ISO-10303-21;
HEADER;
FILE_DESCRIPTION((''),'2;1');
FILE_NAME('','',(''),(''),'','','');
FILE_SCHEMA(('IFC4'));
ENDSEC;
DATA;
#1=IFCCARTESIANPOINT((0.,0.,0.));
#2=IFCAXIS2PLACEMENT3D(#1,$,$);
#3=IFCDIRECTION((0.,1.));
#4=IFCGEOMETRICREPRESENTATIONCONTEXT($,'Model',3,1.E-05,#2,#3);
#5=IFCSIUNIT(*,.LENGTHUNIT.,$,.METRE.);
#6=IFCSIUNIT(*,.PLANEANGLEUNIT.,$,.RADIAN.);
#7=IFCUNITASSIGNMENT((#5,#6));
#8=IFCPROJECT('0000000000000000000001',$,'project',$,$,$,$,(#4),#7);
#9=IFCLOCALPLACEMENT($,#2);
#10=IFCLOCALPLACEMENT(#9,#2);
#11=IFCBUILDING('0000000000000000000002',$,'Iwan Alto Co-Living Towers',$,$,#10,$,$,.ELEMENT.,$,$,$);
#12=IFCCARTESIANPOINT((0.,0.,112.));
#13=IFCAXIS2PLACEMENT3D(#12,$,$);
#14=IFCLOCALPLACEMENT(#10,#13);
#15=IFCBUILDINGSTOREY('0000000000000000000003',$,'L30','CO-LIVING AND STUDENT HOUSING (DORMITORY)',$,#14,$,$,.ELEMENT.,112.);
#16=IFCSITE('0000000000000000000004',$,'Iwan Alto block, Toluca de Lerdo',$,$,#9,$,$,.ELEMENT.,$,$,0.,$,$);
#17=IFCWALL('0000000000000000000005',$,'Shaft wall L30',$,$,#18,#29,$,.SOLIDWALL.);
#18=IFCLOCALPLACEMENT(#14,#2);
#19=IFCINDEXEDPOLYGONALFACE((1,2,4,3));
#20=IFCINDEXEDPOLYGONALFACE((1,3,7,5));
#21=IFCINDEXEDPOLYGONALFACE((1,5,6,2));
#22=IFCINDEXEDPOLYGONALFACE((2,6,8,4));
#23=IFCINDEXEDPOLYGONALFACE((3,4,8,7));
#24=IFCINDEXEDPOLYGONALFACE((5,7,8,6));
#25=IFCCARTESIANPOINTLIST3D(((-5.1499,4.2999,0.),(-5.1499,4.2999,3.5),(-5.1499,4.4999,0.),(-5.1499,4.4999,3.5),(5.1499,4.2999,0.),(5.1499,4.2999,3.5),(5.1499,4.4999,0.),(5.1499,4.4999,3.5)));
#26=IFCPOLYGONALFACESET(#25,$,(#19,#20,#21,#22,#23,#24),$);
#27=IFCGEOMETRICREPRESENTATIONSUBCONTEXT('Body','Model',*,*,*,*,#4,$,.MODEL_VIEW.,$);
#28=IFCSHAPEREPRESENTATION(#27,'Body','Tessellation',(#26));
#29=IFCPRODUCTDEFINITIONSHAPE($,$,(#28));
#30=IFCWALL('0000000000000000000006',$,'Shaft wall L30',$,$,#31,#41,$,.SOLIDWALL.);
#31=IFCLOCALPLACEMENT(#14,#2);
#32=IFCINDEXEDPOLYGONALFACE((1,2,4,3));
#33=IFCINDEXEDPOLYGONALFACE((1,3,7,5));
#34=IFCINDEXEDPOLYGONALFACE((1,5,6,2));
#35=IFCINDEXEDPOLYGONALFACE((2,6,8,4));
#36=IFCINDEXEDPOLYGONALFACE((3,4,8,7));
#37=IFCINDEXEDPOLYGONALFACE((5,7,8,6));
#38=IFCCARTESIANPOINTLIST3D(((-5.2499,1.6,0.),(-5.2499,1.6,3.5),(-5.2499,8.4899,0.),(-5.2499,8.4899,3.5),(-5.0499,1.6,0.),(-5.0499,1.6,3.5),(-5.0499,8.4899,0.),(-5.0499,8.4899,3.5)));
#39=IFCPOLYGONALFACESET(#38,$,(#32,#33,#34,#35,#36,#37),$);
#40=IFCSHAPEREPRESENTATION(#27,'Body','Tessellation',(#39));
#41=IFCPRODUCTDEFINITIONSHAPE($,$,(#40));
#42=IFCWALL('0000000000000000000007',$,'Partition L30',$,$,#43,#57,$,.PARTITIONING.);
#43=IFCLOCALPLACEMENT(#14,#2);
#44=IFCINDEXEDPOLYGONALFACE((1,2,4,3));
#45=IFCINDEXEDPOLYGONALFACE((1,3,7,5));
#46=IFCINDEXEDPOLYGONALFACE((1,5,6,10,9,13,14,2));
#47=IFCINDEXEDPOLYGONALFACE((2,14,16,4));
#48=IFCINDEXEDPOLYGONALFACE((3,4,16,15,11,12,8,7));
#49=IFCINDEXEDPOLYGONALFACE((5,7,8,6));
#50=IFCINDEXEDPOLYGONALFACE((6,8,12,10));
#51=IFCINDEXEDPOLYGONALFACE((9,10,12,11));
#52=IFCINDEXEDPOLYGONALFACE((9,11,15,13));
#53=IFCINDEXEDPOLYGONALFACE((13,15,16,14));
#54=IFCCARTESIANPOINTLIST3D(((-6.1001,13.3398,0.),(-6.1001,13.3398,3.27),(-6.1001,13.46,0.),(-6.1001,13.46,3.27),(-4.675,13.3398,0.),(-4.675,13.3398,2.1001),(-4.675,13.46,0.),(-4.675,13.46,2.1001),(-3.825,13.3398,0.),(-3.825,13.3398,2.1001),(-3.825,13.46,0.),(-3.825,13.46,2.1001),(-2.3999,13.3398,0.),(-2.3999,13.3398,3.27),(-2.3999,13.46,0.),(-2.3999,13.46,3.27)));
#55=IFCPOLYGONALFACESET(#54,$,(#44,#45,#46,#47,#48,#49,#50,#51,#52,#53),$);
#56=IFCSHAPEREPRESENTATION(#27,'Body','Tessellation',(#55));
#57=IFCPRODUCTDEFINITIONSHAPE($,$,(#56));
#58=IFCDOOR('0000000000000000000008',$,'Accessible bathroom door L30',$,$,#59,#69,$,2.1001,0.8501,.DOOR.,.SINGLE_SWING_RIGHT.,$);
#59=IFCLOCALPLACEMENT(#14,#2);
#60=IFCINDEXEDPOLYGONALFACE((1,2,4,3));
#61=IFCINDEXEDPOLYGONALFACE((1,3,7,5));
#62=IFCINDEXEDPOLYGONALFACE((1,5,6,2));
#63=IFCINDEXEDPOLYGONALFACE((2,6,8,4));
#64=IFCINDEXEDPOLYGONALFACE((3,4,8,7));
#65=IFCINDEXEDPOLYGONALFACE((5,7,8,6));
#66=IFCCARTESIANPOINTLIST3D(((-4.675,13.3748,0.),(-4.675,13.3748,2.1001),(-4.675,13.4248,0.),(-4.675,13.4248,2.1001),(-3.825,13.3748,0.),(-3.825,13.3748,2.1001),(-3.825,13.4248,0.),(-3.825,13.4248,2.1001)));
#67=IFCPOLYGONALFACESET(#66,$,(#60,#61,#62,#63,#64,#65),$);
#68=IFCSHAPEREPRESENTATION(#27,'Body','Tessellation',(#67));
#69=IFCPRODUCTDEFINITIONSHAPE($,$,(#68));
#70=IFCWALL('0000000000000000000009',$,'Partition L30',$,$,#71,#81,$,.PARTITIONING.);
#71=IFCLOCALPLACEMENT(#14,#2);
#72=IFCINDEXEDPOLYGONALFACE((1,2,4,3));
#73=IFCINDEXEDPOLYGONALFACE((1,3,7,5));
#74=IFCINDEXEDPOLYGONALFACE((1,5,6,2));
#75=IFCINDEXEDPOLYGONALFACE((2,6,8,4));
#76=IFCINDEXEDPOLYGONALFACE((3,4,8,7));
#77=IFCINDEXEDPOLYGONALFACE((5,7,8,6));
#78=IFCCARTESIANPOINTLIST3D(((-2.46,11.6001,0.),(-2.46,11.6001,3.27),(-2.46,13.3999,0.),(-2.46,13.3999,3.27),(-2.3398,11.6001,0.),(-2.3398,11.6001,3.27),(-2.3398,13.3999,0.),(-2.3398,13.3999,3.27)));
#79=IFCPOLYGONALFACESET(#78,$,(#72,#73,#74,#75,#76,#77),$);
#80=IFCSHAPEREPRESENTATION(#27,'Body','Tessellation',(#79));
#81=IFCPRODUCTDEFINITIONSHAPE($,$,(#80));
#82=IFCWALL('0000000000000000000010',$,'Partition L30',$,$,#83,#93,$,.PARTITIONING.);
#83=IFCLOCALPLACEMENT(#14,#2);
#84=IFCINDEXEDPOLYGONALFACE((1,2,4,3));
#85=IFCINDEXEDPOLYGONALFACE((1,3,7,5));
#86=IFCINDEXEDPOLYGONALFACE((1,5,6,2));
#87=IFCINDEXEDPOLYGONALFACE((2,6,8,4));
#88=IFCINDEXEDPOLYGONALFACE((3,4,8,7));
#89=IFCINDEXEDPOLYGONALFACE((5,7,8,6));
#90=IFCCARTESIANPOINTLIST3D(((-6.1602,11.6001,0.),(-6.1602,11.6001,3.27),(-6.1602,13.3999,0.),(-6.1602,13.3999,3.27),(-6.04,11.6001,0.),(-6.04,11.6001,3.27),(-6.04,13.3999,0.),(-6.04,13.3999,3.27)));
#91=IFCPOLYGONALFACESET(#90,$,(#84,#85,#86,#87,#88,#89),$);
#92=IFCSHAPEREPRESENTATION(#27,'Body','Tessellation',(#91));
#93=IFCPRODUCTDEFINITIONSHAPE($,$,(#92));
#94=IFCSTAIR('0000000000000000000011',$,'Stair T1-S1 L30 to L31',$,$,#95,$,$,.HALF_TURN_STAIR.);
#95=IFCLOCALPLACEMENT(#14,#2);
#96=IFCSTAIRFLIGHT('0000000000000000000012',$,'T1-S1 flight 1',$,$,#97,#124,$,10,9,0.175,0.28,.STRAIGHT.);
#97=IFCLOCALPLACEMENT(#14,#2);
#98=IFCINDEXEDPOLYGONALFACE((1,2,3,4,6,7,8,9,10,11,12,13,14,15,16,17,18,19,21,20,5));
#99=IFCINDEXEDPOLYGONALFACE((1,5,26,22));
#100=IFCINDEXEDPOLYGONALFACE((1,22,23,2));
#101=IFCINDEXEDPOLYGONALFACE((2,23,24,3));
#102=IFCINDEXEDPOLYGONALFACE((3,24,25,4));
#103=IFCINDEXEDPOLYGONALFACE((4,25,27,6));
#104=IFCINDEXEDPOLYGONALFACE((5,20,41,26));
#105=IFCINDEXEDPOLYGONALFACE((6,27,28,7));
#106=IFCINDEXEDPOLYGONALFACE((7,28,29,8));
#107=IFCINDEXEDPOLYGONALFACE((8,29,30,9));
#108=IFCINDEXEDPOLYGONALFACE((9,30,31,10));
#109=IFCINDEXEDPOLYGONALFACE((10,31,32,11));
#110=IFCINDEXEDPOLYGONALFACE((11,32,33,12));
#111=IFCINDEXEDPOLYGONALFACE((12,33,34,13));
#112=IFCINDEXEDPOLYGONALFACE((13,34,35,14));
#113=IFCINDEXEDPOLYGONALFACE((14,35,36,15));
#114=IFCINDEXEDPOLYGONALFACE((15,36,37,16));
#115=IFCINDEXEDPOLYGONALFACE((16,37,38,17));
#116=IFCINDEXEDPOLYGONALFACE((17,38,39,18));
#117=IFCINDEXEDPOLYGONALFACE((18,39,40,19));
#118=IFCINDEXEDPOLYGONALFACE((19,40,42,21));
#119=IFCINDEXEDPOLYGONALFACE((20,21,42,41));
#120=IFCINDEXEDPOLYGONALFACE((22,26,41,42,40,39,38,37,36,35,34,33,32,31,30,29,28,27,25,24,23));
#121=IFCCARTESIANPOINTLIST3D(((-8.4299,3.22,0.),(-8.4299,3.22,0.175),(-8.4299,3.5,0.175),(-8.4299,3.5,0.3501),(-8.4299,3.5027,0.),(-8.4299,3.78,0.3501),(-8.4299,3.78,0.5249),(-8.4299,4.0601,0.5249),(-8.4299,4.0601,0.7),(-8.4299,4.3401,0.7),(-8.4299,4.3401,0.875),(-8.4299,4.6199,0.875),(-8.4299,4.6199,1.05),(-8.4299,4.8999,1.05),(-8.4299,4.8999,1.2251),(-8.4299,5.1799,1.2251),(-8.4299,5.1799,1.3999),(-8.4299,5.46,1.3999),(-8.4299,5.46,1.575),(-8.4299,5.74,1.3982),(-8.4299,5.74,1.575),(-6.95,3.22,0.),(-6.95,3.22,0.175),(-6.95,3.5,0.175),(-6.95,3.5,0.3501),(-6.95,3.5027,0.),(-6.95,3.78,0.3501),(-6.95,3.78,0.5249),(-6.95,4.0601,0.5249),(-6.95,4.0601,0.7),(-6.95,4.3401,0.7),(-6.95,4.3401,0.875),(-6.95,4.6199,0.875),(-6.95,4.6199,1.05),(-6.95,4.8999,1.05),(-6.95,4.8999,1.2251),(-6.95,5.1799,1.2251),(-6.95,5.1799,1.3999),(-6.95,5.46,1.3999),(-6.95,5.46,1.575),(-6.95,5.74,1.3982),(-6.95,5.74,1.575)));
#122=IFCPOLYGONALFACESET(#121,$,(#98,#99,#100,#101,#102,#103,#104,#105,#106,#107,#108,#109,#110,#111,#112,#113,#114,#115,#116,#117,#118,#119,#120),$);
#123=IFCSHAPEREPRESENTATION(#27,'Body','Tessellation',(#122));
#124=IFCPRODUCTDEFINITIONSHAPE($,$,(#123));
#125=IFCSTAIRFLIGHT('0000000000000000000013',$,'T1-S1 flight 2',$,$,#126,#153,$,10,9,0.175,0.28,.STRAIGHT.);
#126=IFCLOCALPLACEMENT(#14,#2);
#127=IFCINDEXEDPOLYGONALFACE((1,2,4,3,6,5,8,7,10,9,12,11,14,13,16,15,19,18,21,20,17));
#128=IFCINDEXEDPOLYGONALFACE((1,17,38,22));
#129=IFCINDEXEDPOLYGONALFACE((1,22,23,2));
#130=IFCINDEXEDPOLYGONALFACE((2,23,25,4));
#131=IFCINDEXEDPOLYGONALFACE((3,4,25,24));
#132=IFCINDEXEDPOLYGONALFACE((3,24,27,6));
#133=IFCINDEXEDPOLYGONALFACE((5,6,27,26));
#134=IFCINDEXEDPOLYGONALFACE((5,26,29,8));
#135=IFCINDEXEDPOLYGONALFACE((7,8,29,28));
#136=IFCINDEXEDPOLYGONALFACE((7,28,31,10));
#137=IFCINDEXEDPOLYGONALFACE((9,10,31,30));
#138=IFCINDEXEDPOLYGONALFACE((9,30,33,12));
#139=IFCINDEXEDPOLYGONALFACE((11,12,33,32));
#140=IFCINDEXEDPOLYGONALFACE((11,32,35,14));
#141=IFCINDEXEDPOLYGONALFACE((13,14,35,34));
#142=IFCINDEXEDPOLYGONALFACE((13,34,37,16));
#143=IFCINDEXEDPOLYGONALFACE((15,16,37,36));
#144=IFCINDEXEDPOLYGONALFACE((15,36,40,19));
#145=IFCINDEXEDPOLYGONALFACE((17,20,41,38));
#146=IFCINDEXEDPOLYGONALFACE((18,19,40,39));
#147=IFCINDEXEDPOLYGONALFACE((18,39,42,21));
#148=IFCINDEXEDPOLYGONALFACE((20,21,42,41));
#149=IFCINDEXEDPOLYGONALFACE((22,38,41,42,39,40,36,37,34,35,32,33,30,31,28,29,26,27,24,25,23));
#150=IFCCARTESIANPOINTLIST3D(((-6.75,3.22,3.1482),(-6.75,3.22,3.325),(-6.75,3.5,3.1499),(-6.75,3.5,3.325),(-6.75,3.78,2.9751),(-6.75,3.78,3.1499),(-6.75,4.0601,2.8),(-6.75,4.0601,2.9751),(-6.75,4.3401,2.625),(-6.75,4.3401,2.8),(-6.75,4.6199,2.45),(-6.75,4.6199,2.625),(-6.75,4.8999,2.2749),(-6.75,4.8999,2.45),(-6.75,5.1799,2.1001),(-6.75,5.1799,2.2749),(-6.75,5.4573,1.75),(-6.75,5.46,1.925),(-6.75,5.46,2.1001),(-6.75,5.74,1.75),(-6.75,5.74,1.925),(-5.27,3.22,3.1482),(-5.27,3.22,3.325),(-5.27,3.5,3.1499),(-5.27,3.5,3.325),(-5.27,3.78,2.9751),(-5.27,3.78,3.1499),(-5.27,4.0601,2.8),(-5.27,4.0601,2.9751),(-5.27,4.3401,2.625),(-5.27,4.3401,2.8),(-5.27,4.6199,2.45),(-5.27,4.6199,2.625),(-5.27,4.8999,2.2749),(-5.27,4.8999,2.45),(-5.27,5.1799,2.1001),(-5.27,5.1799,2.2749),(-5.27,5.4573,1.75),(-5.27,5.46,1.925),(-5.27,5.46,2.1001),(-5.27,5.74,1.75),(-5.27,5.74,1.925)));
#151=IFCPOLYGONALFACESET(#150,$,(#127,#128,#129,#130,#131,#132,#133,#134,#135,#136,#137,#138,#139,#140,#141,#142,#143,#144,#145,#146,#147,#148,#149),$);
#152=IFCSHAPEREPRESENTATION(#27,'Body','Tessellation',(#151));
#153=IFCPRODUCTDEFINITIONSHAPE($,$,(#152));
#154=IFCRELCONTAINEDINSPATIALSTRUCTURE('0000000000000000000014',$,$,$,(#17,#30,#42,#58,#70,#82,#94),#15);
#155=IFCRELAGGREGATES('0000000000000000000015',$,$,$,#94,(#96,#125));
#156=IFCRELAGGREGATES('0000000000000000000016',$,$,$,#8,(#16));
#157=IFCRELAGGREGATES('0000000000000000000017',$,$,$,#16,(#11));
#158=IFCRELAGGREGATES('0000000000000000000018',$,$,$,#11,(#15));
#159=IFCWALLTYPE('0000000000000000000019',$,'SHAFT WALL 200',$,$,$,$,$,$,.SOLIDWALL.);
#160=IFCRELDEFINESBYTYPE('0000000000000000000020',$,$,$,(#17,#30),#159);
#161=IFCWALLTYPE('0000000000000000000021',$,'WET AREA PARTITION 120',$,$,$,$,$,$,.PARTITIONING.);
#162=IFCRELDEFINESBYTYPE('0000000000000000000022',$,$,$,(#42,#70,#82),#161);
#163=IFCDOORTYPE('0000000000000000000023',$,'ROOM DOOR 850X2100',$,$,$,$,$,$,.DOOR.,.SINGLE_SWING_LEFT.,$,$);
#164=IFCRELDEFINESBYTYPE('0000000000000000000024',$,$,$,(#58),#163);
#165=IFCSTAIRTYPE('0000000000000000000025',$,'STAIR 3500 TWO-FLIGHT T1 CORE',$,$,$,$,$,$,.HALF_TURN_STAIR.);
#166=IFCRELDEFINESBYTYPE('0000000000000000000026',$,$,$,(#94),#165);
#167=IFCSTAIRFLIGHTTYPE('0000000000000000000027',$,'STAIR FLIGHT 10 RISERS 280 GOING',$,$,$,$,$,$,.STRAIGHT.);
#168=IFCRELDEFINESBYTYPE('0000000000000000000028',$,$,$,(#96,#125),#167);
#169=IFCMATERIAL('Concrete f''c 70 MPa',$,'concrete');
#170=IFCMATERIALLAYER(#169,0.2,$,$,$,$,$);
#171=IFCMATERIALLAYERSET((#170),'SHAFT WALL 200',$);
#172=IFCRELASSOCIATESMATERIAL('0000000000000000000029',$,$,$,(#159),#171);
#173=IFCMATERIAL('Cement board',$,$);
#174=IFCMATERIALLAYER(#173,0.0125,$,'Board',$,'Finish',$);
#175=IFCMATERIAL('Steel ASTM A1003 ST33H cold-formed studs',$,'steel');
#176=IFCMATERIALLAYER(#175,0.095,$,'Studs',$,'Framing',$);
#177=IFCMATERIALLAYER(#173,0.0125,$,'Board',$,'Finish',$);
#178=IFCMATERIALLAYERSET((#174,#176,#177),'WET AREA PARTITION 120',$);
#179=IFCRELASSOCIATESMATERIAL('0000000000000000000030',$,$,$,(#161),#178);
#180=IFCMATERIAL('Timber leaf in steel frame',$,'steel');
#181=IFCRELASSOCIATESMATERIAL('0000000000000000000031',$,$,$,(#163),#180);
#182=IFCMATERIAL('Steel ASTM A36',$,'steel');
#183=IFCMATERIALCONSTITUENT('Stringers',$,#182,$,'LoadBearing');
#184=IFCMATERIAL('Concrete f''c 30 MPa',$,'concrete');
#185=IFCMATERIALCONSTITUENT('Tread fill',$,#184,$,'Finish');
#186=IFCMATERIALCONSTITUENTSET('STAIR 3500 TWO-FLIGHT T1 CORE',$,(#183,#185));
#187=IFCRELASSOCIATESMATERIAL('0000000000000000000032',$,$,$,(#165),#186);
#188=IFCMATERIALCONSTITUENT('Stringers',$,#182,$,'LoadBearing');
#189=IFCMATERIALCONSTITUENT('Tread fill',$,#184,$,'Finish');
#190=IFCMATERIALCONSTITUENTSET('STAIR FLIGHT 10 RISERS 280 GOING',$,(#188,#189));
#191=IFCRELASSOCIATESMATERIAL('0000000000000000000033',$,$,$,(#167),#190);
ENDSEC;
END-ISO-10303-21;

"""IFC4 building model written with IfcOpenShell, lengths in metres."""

from ifc_helpers import new_model, si_unit, direction, frame, frame_2d, origin, place, context, subcontext, project, spatial, polyline, rectangle, outline, extrude, material, layer, layer_set, constituent, constituent_set, type_object, element, fill, aggregate, save


model = new_model("IFC4")

# Units and contexts
model_context = context("Model", 3, precision=1e-05, world=origin(), true_north=direction((0.0, 1.0)))
body_context = subcontext(model_context, "Body", "Model", "MODEL_VIEW")
ifc_project = project(units=[si_unit("LENGTHUNIT", "METRE"), si_unit("PLANEANGLEUNIT", "RADIAN")], contexts=[model_context])

# Site, building, storey
site_placement = place(None, origin())
site = spatial("IfcSite", under=ifc_project, at=site_placement, Name="Iwan Alto block, Toluca de Lerdo", CompositionType="ELEMENT", RefElevation=0.0)
building_placement = place(site_placement, origin())
building = spatial("IfcBuilding", under=site, at=building_placement, Name="Iwan Alto Co-Living Towers", CompositionType="ELEMENT")
storey_placement = place(building_placement, frame((0.0, 0.0, 112.0)))
storey = spatial("IfcBuildingStorey", under=building, at=storey_placement, Name="L30", Description="CO-LIVING AND STUDENT HOUSING (DORMITORY)", CompositionType="ELEMENT", Elevation=112.0)

# Walls
ifc_material_1 = material(Name="Concrete f'c 70 MPa", Category="concrete")
ifc_layer_1 = layer(ifc_material_1, 0.2)
ifc_layer_set_1 = layer_set([ifc_layer_1], Name="SHAFT WALL 200")
wall_type_1 = type_object("IfcWallType", Name="SHAFT WALL 200", PredefinedType="SOLIDWALL", material=ifc_layer_set_1)
wall_1_placement = place(storey_placement, frame((-5.1499, 4.3999, 0.0), z_axis=(0.0, 0.0, 1.0), x_axis=(1.0, 0.0, 0.0)))
element("IfcWall", 1, at=wall_1_placement, inside=storey, type_object=wall_type_1, Name="Shaft wall L30", PredefinedType="SOLIDWALL", context=body_context, shape_type="SweptSolid", body=[
    extrude(rectangle(XDim=10.2998, YDim=0.2, at=frame_2d((5.1499, 0.0))), origin(), (0.0, 0.0, 1.0), 3.5),
])
wall_2_placement = place(storey_placement, frame((-5.1499, 1.6001, 0.0), z_axis=(0.0, 0.0, 1.0), x_axis=(0.0, 1.0, 0.0)))
element("IfcWall", 2, at=wall_2_placement, inside=storey, type_object=wall_type_1, Name="Shaft wall L30", PredefinedType="SOLIDWALL", context=body_context, shape_type="SweptSolid", body=[
    extrude(rectangle(XDim=6.8899, YDim=0.2, at=frame_2d((3.4448, 0.0))), origin(), (0.0, 0.0, 1.0), 3.5),
])

# Wall, opening, door
ifc_material_2 = material(Name="Cement board")
ifc_layer_2 = layer(ifc_material_2, 0.0125, Name="Board", Category="Finish")
ifc_material_3 = material(Name="Steel ASTM A1003 ST33H cold-formed studs", Category="steel")
ifc_layer_3 = layer(ifc_material_3, 0.095, Name="Studs", Category="Framing")
ifc_layer_4 = layer(ifc_material_2, 0.0125, Name="Board", Category="Finish")
ifc_layer_set_2 = layer_set([ifc_layer_2, ifc_layer_3, ifc_layer_4], Name="WET AREA PARTITION 120")
wall_type_2 = type_object("IfcWallType", Name="WET AREA PARTITION 120", PredefinedType="PARTITIONING", material=ifc_layer_set_2)
wall_3_placement = place(storey_placement, frame((-6.1001, 13.3999, 0.0), z_axis=(0.0, 0.0, 1.0), x_axis=(1.0, 0.0, 0.0)))
wall_3 = element("IfcWall", 3, at=wall_3_placement, inside=storey, type_object=wall_type_2, Name="Partition L30", PredefinedType="PARTITIONING", context=body_context, shape_type="SweptSolid", body=[
    extrude(rectangle(XDim=3.7002, YDim=0.1201, at=frame_2d((1.8501, 0.0))), origin(), (0.0, 0.0, 1.0), 3.27),
])
opening_placement = place(wall_3_placement, frame((1.425, 0.0, 0.0)))
opening = element("IfcOpeningElement", 4, at=opening_placement, cuts=wall_3, PredefinedType="OPENING", context=body_context, shape_type="SweptSolid", body=[
    extrude(rectangle(XDim=0.8501, YDim=2.1001, at=frame_2d((0.425, 1.05))), frame((0.0, 0.0701, 0.0), z_axis=(0.0, -1.0, 0.0), x_axis=(1.0, 0.0, 0.0)), (0.0, 0.0, 1.0), 0.1401),
])
ifc_material_4 = material(Name="Timber leaf in steel frame", Category="steel")
door_type = type_object("IfcDoorType", Name="ROOM DOOR 850X2100", OperationType="SINGLE_SWING_LEFT", PredefinedType="DOOR", material=ifc_material_4)
door_placement = place(opening_placement, origin())
door = element("IfcDoor", 5, at=door_placement, inside=storey, type_object=door_type, Name="Accessible bathroom door L30", OperationType="SINGLE_SWING_RIGHT", OverallHeight=2.1001, OverallWidth=0.8501, PredefinedType="DOOR", context=body_context, shape_type="SweptSolid", body=[
    extrude(rectangle(XDim=0.8501, YDim=2.1001, at=frame_2d((0.425, 1.05))), frame((0.0, 0.0249, 0.0), z_axis=(0.0, -1.0, 0.0), x_axis=(1.0, 0.0, 0.0)), (0.0, 0.0, 1.0), 0.05),
])
fill(opening, door)

# Walls
for number, where, z_axis, x_axis, name in (
    (6, (-2.3999, 11.6001, 0.0), (0.0, 0.0, 1.0), (0.0, 1.0, 0.0), "Partition L30"),
    (7, (-6.1001, 11.6001, 0.0), (0.0, 0.0, 1.0), (0.0, 1.0, 0.0), "Partition L30"),
):
    element("IfcWall", number, at=place(storey_placement, frame(where, z_axis=z_axis, x_axis=x_axis)), inside=storey, type_object=wall_type_2, Name=name, PredefinedType="PARTITIONING", context=body_context, shape_type="SweptSolid", body=[
        extrude(rectangle(XDim=1.7998, YDim=0.1201, at=frame_2d((0.8999, 0.0))), origin(), (0.0, 0.0, 1.0), 3.27),
    ])

# Stair, stair flights
ifc_material_5 = material(Name="Steel ASTM A36", Category="steel")
ifc_constituent_1 = constituent(ifc_material_5, Name="Stringers", Category="LoadBearing")
ifc_material_6 = material(Name="Concrete f'c 30 MPa", Category="concrete")
ifc_constituent_2 = constituent(ifc_material_6, Name="Tread fill", Category="Finish")
ifc_constituent_set_1 = constituent_set(constituents=[ifc_constituent_1, ifc_constituent_2], Name="STAIR 3500 TWO-FLIGHT T1 CORE")
stair_type = type_object("IfcStairType", Name="STAIR 3500 TWO-FLIGHT T1 CORE", PredefinedType="HALF_TURN_STAIR", material=ifc_constituent_set_1)
stair_placement = place(storey_placement, origin())
stair = element("IfcStair", 8, at=stair_placement, inside=storey, type_object=stair_type, Name="Stair T1-S1 L30 to L31", PredefinedType="HALF_TURN_STAIR")
ifc_constituent_3 = constituent(ifc_material_5, Name="Stringers", Category="LoadBearing")
ifc_constituent_4 = constituent(ifc_material_6, Name="Tread fill", Category="Finish")
ifc_constituent_set_2 = constituent_set(constituents=[ifc_constituent_3, ifc_constituent_4], Name="STAIR FLIGHT 10 RISERS 280 GOING")
stair_flight_type = type_object("IfcStairFlightType", Name="STAIR FLIGHT 10 RISERS 280 GOING", PredefinedType="STRAIGHT", material=ifc_constituent_set_2)
stair_flight_1_placement = place(storey_placement, frame((-7.6899, 3.22, 0.0), z_axis=(0.0, 0.0, 1.0), x_axis=(0.0, 1.0, 0.0)))
stair_flight_1 = element("IfcStairFlight", 9, at=stair_flight_1_placement, type_object=stair_flight_type, Name="T1-S1 flight 1", NumberOfRisers=10, NumberOfTreads=9, PredefinedType="STRAIGHT", RiserHeight=0.175, TreadLength=0.28, context=body_context, shape_type="SweptSolid", body=[
    extrude(outline(polyline([(0.0, 0.0), (0.0, 0.175), (0.28, 0.175), (0.28, 0.3501), (0.5601, 0.3501), (0.5601, 0.5249), (0.8401, 0.5249), (0.8401, 0.7), (1.1201, 0.7), (1.1201, 0.875), (1.3999, 0.875), (1.3999, 1.05), (1.6799, 1.05), (1.6799, 1.2251), (1.96, 1.2251), (1.96, 1.3999), (2.24, 1.3999), (2.24, 1.575), (2.52, 1.575), (2.52, 1.75), (2.52, 1.3982), (0.2827, 0.0), (0.0, 0.0)])), frame((0.0, 0.74, 0.0), z_axis=(0.0, -1.0, 0.0), x_axis=(1.0, 0.0, 0.0)), (0.0, 0.0, 1.0), 1.48),
])
stair_flight_2_placement = place(storey_placement, frame((-6.01, 5.74, 1.75), z_axis=(0.0, 0.0, 1.0), x_axis=(0.0, -1.0, 0.0)))
stair_flight_2 = element("IfcStairFlight", 10, at=stair_flight_2_placement, type_object=stair_flight_type, Name="T1-S1 flight 2", NumberOfRisers=10, NumberOfTreads=9, PredefinedType="STRAIGHT", RiserHeight=0.175, TreadLength=0.28, context=body_context, shape_type="SweptSolid", body=[
    extrude(outline(polyline([(0.0, 0.0), (0.0, 0.175), (0.28, 0.175), (0.28, 0.3501), (0.5601, 0.3501), (0.5601, 0.5249), (0.8401, 0.5249), (0.8401, 0.7), (1.1201, 0.7), (1.1201, 0.875), (1.3999, 0.875), (1.3999, 1.05), (1.6799, 1.05), (1.6799, 1.2251), (1.96, 1.2251), (1.96, 1.3999), (2.24, 1.3999), (2.24, 1.575), (2.52, 1.575), (2.52, 1.75), (2.52, 1.3982), (0.2827, 0.0), (0.0, 0.0)])), frame((0.0, 0.74, 0.0), z_axis=(0.0, -1.0, 0.0), x_axis=(1.0, 0.0, 0.0)), (0.0, 0.0, 1.0), 1.48),
])
aggregate(stair, [stair_flight_1, stair_flight_2])

save(model, "model.ifc")
